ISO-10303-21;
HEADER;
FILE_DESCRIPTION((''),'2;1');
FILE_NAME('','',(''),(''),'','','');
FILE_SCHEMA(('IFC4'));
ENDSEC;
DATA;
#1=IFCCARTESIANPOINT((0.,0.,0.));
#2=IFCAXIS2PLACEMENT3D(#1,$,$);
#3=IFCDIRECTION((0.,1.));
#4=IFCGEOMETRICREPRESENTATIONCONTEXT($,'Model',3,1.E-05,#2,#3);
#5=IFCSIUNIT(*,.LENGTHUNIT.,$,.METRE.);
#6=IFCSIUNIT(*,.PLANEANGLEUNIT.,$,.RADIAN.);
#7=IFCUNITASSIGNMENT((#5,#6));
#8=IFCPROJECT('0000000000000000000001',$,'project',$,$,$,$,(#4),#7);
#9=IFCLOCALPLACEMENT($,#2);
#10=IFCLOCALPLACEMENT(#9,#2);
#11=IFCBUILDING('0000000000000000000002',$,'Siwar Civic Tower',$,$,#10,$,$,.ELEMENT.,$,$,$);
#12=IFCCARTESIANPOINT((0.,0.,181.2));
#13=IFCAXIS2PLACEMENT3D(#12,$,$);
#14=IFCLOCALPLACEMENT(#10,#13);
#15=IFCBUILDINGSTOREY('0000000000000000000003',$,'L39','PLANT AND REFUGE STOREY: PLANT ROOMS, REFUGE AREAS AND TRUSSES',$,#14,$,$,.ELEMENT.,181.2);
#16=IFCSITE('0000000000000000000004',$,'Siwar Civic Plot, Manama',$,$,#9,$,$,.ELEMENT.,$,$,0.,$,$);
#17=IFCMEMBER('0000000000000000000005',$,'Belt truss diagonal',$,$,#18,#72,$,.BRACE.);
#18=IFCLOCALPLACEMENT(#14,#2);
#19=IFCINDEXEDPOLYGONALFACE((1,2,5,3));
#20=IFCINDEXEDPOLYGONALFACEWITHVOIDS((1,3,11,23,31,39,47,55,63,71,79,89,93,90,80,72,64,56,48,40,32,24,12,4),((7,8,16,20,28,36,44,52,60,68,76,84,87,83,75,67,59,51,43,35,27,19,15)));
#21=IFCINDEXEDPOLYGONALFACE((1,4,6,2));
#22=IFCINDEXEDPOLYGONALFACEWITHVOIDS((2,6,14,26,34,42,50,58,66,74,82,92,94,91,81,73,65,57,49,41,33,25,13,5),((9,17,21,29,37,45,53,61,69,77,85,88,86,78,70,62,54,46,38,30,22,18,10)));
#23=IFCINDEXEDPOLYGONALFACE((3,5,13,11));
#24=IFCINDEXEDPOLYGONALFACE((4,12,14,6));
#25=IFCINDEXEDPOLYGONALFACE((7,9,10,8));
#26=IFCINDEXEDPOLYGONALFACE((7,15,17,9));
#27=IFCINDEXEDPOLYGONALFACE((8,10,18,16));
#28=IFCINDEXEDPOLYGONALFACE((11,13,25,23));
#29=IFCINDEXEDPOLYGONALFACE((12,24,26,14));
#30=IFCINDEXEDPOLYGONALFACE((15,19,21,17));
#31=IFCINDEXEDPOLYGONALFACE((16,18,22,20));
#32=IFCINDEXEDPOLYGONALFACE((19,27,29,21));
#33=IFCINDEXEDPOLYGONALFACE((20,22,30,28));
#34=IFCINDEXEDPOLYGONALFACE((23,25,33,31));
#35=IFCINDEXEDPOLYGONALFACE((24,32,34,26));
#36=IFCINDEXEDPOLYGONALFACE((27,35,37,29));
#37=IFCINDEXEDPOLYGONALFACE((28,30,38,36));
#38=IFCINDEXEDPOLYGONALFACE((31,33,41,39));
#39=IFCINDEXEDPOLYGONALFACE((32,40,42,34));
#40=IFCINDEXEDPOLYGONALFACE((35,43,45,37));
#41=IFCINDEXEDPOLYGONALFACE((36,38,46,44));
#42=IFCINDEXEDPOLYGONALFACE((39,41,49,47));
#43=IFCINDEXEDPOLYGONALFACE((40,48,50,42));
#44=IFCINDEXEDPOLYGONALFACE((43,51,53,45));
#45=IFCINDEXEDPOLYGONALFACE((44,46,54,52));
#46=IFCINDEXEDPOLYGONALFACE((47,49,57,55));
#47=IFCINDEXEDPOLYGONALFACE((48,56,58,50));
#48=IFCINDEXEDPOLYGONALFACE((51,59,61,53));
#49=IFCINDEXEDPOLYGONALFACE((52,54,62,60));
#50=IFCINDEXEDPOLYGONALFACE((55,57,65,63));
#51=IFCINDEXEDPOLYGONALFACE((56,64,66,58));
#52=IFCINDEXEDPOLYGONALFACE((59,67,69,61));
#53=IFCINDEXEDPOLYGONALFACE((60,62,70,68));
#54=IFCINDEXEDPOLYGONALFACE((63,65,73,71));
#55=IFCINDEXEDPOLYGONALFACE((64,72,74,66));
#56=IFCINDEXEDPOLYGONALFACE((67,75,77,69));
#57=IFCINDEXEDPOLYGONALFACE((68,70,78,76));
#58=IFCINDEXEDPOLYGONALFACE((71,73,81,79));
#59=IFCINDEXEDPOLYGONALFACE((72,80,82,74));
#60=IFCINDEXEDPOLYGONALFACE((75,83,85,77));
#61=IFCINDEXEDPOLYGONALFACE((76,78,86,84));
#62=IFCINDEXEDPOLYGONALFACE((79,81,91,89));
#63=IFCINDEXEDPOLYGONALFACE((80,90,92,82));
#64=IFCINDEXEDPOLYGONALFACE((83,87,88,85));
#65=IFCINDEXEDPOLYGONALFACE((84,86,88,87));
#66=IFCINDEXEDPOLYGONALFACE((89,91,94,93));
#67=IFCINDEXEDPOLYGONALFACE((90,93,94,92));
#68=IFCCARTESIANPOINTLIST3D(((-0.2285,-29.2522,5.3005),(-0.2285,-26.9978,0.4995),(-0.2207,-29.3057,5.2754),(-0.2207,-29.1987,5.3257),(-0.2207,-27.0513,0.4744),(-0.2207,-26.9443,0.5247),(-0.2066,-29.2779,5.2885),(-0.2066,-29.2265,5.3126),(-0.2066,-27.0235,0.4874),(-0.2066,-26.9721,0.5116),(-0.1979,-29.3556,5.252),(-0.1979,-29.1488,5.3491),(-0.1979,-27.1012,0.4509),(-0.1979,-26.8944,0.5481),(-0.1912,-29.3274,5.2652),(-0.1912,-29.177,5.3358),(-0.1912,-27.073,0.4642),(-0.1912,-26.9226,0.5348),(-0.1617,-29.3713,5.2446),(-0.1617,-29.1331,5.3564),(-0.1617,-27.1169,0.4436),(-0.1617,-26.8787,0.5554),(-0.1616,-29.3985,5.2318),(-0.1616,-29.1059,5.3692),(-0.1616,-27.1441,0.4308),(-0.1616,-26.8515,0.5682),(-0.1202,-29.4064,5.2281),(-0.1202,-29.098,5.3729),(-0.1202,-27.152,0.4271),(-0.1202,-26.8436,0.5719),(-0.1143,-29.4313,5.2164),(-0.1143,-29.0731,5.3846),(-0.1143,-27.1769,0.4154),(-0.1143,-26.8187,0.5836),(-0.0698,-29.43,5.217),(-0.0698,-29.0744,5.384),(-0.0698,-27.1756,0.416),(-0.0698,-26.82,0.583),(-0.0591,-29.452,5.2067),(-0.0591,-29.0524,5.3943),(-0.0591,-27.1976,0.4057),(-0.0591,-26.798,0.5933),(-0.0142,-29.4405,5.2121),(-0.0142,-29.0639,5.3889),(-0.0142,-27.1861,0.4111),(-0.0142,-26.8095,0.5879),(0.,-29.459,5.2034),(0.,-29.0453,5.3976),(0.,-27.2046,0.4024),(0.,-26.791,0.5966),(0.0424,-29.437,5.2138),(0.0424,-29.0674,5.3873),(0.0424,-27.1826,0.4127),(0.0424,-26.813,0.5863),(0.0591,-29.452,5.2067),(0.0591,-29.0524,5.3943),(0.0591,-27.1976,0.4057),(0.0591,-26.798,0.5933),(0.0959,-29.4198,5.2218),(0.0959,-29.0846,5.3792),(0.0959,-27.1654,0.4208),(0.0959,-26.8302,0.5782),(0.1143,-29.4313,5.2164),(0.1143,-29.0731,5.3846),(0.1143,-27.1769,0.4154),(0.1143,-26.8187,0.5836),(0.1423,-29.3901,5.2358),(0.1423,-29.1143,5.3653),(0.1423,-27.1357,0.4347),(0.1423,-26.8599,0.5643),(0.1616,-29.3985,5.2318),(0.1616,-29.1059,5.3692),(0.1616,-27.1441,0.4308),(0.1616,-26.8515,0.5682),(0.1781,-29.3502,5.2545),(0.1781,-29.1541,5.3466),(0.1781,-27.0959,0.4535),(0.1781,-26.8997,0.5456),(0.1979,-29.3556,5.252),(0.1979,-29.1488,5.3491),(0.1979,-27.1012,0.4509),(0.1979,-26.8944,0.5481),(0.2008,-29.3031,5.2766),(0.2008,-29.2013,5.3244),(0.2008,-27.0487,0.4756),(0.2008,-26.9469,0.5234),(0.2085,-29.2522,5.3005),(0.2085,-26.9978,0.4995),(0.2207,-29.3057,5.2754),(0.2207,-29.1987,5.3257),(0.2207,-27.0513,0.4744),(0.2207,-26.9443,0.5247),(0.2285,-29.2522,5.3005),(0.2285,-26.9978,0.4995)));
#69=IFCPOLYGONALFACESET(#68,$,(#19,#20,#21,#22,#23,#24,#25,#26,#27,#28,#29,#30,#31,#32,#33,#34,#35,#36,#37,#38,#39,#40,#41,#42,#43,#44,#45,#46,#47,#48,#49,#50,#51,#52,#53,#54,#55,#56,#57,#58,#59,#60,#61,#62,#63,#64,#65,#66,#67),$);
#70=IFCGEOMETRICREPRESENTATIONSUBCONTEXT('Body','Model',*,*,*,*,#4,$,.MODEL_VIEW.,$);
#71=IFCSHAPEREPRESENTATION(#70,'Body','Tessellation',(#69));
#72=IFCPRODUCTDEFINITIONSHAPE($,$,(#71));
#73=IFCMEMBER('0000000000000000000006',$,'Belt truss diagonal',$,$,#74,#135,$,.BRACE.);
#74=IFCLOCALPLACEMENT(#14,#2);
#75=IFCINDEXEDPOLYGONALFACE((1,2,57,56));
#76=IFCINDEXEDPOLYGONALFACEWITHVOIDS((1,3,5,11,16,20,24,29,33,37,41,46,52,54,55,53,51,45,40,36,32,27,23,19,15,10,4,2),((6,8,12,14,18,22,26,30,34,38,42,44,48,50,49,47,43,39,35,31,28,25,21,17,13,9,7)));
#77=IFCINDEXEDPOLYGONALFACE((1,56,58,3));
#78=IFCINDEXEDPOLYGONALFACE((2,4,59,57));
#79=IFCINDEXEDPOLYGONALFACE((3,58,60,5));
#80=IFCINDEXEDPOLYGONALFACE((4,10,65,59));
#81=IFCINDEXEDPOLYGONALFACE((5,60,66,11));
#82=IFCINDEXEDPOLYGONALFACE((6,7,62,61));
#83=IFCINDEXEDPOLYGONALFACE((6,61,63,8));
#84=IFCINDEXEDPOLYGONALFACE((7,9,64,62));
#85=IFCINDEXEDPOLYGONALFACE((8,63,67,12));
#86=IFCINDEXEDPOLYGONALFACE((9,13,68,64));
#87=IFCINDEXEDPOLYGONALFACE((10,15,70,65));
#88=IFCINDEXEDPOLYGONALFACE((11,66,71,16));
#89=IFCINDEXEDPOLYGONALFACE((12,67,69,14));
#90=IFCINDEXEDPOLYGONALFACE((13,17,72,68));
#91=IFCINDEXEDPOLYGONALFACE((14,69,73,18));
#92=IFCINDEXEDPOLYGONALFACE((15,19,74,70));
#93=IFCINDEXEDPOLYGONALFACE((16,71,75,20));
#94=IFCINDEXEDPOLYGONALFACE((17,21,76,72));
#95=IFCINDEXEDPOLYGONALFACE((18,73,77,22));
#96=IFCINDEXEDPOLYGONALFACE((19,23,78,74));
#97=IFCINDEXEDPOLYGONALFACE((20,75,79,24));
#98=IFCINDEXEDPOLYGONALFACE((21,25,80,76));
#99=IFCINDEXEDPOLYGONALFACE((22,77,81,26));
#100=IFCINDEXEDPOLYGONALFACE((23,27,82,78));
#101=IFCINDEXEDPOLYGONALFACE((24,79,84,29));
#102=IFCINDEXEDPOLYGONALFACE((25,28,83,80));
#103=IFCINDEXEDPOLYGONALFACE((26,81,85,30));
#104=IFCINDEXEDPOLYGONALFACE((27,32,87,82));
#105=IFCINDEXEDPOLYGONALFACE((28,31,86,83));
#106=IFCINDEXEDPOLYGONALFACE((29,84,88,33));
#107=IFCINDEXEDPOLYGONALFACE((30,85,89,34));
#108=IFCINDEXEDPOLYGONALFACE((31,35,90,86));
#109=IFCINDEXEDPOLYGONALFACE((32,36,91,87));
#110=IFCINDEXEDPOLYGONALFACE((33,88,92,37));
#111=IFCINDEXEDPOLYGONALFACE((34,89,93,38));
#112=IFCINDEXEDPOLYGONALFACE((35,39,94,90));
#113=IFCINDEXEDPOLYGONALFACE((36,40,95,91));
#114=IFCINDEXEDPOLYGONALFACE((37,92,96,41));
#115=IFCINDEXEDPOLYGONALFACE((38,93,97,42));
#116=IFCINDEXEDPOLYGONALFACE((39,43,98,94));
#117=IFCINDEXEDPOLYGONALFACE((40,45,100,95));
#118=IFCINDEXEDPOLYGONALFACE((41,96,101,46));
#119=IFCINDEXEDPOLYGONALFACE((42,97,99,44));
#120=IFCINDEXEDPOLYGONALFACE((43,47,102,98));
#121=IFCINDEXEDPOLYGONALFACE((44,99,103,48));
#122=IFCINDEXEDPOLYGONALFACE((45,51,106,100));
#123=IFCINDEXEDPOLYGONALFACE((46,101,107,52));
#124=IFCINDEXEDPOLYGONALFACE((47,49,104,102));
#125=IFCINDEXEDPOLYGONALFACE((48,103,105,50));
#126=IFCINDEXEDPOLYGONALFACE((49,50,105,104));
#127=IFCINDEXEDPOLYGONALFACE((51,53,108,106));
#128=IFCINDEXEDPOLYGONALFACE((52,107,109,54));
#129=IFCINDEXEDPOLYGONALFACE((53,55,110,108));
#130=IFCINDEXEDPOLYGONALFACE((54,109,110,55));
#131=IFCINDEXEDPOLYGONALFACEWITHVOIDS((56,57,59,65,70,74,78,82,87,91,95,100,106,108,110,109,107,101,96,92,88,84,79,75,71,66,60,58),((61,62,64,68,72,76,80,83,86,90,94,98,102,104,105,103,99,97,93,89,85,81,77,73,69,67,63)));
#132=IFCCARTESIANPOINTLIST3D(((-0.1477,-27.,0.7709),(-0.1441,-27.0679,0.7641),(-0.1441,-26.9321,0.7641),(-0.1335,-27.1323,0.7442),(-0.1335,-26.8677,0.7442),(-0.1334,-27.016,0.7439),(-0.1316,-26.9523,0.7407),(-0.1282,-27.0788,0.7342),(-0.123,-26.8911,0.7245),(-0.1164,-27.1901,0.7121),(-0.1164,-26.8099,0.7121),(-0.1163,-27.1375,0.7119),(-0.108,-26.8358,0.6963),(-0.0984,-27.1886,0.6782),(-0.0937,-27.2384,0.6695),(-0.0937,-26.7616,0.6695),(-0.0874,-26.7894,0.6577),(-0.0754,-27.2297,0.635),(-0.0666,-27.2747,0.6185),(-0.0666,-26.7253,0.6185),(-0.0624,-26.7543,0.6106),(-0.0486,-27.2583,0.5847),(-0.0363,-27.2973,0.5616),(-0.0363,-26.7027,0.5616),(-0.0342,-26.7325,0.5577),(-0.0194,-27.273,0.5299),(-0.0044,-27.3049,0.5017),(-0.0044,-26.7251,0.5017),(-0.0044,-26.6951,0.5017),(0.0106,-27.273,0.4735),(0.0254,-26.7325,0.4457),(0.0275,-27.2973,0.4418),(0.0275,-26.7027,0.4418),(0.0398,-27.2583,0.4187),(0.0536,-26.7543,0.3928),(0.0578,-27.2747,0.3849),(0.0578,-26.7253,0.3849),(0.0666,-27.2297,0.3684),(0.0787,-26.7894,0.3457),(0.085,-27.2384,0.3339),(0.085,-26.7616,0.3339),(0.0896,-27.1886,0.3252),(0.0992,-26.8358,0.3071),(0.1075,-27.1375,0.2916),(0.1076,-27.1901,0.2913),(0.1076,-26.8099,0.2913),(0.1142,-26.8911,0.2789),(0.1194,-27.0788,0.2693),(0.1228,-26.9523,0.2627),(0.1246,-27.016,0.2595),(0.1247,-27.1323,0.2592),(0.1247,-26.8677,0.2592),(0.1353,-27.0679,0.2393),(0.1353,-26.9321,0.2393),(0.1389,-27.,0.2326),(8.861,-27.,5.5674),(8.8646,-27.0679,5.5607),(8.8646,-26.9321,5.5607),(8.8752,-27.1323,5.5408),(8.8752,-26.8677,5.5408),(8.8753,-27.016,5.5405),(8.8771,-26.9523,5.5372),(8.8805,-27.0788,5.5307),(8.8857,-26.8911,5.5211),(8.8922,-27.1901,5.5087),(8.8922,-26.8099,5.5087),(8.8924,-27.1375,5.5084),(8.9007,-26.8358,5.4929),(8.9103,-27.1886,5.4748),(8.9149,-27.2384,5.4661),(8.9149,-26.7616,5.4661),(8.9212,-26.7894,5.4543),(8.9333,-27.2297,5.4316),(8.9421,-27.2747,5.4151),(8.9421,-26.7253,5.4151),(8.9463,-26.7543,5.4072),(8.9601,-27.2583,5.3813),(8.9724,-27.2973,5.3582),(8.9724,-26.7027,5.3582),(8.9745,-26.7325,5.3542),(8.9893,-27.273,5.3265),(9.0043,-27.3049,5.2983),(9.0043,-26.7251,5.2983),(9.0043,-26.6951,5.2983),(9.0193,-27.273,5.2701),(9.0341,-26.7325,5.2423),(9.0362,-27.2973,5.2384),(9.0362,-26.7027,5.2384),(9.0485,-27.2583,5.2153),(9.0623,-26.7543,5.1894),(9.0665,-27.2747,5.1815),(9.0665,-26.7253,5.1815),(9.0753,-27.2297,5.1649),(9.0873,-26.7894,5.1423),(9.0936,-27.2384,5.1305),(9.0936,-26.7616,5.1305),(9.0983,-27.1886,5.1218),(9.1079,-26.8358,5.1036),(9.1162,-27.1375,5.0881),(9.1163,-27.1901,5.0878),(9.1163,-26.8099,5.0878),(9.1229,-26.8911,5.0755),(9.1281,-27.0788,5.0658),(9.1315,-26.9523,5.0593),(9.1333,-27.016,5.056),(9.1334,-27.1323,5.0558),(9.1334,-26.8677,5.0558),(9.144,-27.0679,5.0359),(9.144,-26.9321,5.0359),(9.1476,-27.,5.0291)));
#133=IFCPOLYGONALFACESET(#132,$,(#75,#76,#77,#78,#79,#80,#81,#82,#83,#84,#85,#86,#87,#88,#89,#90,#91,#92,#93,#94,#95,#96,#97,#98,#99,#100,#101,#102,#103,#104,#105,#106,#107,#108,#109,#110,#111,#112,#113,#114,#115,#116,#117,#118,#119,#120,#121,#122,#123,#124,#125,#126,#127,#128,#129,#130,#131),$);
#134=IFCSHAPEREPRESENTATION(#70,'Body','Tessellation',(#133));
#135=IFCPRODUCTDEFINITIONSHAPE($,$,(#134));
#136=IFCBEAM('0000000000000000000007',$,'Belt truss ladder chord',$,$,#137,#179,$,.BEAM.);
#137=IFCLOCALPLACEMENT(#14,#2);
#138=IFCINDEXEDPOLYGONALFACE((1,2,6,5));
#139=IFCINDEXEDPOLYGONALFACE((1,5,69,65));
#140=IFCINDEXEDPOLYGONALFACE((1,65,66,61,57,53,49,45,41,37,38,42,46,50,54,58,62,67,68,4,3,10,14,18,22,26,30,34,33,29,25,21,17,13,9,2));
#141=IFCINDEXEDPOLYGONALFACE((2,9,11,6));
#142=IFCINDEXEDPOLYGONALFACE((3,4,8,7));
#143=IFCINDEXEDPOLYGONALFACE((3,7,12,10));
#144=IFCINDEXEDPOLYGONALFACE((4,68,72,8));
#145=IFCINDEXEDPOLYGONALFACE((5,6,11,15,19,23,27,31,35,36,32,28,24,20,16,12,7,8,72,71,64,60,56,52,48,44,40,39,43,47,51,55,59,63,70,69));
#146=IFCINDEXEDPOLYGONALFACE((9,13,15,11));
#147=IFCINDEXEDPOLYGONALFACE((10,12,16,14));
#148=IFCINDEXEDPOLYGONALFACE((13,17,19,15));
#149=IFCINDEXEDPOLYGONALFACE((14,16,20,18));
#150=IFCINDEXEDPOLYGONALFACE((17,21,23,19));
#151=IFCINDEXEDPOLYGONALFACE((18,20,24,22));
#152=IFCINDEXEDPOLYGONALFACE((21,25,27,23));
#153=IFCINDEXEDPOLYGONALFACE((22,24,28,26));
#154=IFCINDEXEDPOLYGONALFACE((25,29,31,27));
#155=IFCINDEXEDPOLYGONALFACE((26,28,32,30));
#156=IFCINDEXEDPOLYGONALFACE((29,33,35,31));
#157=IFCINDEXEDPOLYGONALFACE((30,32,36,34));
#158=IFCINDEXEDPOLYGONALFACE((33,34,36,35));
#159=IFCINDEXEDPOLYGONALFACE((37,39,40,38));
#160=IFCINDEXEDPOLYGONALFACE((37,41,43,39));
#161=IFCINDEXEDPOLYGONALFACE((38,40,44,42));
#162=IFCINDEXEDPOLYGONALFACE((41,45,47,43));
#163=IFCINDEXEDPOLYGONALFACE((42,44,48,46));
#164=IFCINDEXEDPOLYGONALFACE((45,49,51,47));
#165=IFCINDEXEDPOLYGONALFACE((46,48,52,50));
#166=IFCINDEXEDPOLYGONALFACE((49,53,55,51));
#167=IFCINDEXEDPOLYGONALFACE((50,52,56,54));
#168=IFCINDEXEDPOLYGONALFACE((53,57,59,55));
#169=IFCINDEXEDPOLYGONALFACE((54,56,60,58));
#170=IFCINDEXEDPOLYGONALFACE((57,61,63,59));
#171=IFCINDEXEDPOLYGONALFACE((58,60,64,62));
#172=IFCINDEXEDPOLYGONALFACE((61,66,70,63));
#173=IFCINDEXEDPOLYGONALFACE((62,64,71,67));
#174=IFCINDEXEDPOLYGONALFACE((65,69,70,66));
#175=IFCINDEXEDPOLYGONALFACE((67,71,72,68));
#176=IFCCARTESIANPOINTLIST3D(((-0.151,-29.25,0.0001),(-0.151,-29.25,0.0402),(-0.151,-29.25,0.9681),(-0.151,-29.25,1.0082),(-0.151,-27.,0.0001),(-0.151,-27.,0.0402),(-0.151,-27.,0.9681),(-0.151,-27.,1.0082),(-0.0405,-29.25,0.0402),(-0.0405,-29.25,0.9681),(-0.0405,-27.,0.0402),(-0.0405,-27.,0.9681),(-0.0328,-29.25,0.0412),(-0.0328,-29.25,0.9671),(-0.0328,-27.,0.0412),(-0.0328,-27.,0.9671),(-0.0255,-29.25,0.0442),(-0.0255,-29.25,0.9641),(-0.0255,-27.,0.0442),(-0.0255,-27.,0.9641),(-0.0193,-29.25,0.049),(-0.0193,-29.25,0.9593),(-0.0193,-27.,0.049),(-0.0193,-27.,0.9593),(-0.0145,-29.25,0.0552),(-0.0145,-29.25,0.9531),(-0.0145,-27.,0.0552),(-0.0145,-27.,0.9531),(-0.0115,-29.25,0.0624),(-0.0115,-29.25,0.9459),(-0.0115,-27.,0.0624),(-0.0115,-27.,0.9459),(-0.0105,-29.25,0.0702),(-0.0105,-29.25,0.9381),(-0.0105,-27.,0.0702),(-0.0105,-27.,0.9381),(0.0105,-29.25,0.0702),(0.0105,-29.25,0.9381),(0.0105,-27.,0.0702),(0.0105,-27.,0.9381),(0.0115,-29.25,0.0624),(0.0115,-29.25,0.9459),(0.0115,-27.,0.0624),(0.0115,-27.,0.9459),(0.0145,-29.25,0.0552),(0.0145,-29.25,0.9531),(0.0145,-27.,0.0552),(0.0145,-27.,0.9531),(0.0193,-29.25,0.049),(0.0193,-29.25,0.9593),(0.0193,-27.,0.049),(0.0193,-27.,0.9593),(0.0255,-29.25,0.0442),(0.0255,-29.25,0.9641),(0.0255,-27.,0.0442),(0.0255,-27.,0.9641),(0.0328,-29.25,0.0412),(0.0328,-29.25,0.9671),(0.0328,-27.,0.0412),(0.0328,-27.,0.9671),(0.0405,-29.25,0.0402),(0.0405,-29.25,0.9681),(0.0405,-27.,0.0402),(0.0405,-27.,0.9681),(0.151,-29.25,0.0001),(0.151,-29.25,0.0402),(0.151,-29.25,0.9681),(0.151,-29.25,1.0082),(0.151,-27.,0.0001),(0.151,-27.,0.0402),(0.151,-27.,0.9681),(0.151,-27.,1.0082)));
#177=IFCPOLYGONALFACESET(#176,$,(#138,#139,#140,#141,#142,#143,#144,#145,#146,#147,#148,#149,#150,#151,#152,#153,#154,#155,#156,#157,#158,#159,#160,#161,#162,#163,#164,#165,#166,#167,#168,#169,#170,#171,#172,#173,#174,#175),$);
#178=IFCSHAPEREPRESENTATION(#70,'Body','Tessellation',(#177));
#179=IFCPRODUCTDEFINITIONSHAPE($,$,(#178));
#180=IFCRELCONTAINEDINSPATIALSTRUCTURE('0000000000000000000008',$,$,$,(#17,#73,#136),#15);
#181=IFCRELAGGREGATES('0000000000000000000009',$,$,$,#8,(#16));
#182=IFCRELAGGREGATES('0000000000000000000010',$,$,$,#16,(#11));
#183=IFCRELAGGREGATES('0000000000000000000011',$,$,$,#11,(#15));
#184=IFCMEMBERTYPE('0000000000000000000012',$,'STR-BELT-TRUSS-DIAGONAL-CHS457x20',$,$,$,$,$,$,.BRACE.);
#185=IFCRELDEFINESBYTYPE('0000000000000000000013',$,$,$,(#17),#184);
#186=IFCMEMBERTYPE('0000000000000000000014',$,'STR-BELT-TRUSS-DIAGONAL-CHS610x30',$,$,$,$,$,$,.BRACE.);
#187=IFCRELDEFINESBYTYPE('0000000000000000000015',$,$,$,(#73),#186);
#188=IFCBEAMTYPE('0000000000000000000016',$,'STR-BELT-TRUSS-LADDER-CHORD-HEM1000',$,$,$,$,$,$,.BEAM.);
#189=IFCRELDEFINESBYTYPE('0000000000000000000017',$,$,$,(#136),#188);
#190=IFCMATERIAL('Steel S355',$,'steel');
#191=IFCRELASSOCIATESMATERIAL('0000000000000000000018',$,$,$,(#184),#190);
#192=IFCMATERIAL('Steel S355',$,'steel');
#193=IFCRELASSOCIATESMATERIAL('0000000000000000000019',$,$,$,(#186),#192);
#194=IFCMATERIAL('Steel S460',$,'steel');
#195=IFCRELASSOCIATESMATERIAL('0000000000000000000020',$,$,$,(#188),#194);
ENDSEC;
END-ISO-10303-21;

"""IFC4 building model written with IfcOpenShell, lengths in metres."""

from ifc_helpers import new_model, si_unit, direction, frame, origin, origin_2d, place, context, subcontext, project, spatial, hollow_circle, i_section, extrude, material, material_profile, profile_set, type_object, element, save


model = new_model("IFC4")

# Units and contexts
model_context = context("Model", 3, precision=1e-05, world=origin(), true_north=direction((0.0, 1.0)))
body_context = subcontext(model_context, "Body", "Model", "MODEL_VIEW")
ifc_project = project(units=[si_unit("LENGTHUNIT", "METRE"), si_unit("PLANEANGLEUNIT", "RADIAN")], contexts=[model_context])

# Site, building, storey
site_placement = place(None, origin())
site = spatial("IfcSite", under=ifc_project, at=site_placement, Name="Siwar Civic Plot, Manama", CompositionType="ELEMENT", RefElevation=0.0)
building_placement = place(site_placement, origin())
building = spatial("IfcBuilding", under=site, at=building_placement, Name="Siwar Civic Tower", CompositionType="ELEMENT")
storey_placement = place(building_placement, frame((0.0, 0.0, 181.2)))
storey = spatial("IfcBuildingStorey", under=building, at=storey_placement, Name="L39", Description="PLANT AND REFUGE STOREY: PLANT ROOMS, REFUGE AREAS AND TRUSSES", CompositionType="ELEMENT", Elevation=181.2)

# Members
ifc_material_1 = material(Name="Steel S355", Category="steel")
ifc_material_profile_1 = material_profile(ifc_material_1, hollow_circle(Radius=0.2285, WallThickness=0.02, at=origin_2d()), Name="CHS457x20")
ifc_profile_set_1 = profile_set([ifc_material_profile_1], Name="Steel S355")
member_type_1 = type_object("IfcMemberType", Name="STR-BELT-TRUSS-DIAGONAL-CHS457x20", PredefinedType="BRACE", material=ifc_profile_set_1)
member_1_placement = place(storey_placement, frame((0.0, -26.9978, 0.4995), z_axis=(0.0, -0.425039, 0.905175), x_axis=(1.0, 0.0, 0.0)))
element("IfcMember", 1, at=member_1_placement, inside=storey, type_object=member_type_1, Name="Belt truss diagonal", PredefinedType="BRACE", context=body_context, shape_type="SweptSolid", body=[
    extrude(hollow_circle(Radius=0.2285, WallThickness=0.02, at=origin_2d()), origin(), (0.0, 0.0, 1.0), 5.304),
])
ifc_material_2 = material(Name="Steel S355", Category="steel")
ifc_material_profile_2 = material_profile(ifc_material_2, hollow_circle(Radius=0.3049, WallThickness=0.03, at=origin_2d()), Name="CHS610x30")
ifc_profile_set_2 = profile_set([ifc_material_profile_2], Name="Steel S355")
member_type_2 = type_object("IfcMemberType", Name="STR-BELT-TRUSS-DIAGONAL-CHS610x30", PredefinedType="BRACE", material=ifc_profile_set_2)
member_2_placement = place(storey_placement, frame((-0.0044, -27.0, 0.5017), z_axis=(0.882681, 0.0, 0.469974), x_axis=(0.0, 1.0, 0.0)))
element("IfcMember", 2, at=member_2_placement, inside=storey, type_object=member_type_2, Name="Belt truss diagonal", PredefinedType="BRACE", context=body_context, shape_type="SweptSolid", body=[
    extrude(hollow_circle(Radius=0.3049, WallThickness=0.03, at=origin_2d()), origin(), (0.0, 0.0, 1.0), 10.2061),
])

# Beam
ifc_material_3 = material(Name="Steel S460", Category="steel")
ifc_material_profile_3 = material_profile(ifc_material_3, i_section(OverallWidth=0.302, OverallDepth=1.0081, WebThickness=0.021, FlangeThickness=0.04, FilletRadius=0.03, at=origin_2d()), Name="HEM1000")
ifc_profile_set_3 = profile_set([ifc_material_profile_3], Name="Steel S460")
beam_type_1 = type_object("IfcBeamType", Name="STR-BELT-TRUSS-LADDER-CHORD-HEM1000", PredefinedType="BEAM", material=ifc_profile_set_3)
for number, where, z_axis, x_axis, name in (
    (3, (0.0, -27.0, 0.5042), (0.0, -1.0, 0.0), (1.0, 0.0, 0.0), "Belt truss ladder chord"),
):
    element("IfcBeam", number, at=place(storey_placement, frame(where, z_axis=z_axis, x_axis=x_axis)), inside=storey, type_object=beam_type_1, Name=name, PredefinedType="BEAM", context=body_context, shape_type="SweptSolid", body=[
        extrude(i_section(OverallWidth=0.302, OverallDepth=1.0081, WebThickness=0.021, FlangeThickness=0.04, FilletRadius=0.03, at=origin_2d()), origin(), (0.0, 0.0, 1.0), 2.25),
    ])

save(model, "model.ifc")
